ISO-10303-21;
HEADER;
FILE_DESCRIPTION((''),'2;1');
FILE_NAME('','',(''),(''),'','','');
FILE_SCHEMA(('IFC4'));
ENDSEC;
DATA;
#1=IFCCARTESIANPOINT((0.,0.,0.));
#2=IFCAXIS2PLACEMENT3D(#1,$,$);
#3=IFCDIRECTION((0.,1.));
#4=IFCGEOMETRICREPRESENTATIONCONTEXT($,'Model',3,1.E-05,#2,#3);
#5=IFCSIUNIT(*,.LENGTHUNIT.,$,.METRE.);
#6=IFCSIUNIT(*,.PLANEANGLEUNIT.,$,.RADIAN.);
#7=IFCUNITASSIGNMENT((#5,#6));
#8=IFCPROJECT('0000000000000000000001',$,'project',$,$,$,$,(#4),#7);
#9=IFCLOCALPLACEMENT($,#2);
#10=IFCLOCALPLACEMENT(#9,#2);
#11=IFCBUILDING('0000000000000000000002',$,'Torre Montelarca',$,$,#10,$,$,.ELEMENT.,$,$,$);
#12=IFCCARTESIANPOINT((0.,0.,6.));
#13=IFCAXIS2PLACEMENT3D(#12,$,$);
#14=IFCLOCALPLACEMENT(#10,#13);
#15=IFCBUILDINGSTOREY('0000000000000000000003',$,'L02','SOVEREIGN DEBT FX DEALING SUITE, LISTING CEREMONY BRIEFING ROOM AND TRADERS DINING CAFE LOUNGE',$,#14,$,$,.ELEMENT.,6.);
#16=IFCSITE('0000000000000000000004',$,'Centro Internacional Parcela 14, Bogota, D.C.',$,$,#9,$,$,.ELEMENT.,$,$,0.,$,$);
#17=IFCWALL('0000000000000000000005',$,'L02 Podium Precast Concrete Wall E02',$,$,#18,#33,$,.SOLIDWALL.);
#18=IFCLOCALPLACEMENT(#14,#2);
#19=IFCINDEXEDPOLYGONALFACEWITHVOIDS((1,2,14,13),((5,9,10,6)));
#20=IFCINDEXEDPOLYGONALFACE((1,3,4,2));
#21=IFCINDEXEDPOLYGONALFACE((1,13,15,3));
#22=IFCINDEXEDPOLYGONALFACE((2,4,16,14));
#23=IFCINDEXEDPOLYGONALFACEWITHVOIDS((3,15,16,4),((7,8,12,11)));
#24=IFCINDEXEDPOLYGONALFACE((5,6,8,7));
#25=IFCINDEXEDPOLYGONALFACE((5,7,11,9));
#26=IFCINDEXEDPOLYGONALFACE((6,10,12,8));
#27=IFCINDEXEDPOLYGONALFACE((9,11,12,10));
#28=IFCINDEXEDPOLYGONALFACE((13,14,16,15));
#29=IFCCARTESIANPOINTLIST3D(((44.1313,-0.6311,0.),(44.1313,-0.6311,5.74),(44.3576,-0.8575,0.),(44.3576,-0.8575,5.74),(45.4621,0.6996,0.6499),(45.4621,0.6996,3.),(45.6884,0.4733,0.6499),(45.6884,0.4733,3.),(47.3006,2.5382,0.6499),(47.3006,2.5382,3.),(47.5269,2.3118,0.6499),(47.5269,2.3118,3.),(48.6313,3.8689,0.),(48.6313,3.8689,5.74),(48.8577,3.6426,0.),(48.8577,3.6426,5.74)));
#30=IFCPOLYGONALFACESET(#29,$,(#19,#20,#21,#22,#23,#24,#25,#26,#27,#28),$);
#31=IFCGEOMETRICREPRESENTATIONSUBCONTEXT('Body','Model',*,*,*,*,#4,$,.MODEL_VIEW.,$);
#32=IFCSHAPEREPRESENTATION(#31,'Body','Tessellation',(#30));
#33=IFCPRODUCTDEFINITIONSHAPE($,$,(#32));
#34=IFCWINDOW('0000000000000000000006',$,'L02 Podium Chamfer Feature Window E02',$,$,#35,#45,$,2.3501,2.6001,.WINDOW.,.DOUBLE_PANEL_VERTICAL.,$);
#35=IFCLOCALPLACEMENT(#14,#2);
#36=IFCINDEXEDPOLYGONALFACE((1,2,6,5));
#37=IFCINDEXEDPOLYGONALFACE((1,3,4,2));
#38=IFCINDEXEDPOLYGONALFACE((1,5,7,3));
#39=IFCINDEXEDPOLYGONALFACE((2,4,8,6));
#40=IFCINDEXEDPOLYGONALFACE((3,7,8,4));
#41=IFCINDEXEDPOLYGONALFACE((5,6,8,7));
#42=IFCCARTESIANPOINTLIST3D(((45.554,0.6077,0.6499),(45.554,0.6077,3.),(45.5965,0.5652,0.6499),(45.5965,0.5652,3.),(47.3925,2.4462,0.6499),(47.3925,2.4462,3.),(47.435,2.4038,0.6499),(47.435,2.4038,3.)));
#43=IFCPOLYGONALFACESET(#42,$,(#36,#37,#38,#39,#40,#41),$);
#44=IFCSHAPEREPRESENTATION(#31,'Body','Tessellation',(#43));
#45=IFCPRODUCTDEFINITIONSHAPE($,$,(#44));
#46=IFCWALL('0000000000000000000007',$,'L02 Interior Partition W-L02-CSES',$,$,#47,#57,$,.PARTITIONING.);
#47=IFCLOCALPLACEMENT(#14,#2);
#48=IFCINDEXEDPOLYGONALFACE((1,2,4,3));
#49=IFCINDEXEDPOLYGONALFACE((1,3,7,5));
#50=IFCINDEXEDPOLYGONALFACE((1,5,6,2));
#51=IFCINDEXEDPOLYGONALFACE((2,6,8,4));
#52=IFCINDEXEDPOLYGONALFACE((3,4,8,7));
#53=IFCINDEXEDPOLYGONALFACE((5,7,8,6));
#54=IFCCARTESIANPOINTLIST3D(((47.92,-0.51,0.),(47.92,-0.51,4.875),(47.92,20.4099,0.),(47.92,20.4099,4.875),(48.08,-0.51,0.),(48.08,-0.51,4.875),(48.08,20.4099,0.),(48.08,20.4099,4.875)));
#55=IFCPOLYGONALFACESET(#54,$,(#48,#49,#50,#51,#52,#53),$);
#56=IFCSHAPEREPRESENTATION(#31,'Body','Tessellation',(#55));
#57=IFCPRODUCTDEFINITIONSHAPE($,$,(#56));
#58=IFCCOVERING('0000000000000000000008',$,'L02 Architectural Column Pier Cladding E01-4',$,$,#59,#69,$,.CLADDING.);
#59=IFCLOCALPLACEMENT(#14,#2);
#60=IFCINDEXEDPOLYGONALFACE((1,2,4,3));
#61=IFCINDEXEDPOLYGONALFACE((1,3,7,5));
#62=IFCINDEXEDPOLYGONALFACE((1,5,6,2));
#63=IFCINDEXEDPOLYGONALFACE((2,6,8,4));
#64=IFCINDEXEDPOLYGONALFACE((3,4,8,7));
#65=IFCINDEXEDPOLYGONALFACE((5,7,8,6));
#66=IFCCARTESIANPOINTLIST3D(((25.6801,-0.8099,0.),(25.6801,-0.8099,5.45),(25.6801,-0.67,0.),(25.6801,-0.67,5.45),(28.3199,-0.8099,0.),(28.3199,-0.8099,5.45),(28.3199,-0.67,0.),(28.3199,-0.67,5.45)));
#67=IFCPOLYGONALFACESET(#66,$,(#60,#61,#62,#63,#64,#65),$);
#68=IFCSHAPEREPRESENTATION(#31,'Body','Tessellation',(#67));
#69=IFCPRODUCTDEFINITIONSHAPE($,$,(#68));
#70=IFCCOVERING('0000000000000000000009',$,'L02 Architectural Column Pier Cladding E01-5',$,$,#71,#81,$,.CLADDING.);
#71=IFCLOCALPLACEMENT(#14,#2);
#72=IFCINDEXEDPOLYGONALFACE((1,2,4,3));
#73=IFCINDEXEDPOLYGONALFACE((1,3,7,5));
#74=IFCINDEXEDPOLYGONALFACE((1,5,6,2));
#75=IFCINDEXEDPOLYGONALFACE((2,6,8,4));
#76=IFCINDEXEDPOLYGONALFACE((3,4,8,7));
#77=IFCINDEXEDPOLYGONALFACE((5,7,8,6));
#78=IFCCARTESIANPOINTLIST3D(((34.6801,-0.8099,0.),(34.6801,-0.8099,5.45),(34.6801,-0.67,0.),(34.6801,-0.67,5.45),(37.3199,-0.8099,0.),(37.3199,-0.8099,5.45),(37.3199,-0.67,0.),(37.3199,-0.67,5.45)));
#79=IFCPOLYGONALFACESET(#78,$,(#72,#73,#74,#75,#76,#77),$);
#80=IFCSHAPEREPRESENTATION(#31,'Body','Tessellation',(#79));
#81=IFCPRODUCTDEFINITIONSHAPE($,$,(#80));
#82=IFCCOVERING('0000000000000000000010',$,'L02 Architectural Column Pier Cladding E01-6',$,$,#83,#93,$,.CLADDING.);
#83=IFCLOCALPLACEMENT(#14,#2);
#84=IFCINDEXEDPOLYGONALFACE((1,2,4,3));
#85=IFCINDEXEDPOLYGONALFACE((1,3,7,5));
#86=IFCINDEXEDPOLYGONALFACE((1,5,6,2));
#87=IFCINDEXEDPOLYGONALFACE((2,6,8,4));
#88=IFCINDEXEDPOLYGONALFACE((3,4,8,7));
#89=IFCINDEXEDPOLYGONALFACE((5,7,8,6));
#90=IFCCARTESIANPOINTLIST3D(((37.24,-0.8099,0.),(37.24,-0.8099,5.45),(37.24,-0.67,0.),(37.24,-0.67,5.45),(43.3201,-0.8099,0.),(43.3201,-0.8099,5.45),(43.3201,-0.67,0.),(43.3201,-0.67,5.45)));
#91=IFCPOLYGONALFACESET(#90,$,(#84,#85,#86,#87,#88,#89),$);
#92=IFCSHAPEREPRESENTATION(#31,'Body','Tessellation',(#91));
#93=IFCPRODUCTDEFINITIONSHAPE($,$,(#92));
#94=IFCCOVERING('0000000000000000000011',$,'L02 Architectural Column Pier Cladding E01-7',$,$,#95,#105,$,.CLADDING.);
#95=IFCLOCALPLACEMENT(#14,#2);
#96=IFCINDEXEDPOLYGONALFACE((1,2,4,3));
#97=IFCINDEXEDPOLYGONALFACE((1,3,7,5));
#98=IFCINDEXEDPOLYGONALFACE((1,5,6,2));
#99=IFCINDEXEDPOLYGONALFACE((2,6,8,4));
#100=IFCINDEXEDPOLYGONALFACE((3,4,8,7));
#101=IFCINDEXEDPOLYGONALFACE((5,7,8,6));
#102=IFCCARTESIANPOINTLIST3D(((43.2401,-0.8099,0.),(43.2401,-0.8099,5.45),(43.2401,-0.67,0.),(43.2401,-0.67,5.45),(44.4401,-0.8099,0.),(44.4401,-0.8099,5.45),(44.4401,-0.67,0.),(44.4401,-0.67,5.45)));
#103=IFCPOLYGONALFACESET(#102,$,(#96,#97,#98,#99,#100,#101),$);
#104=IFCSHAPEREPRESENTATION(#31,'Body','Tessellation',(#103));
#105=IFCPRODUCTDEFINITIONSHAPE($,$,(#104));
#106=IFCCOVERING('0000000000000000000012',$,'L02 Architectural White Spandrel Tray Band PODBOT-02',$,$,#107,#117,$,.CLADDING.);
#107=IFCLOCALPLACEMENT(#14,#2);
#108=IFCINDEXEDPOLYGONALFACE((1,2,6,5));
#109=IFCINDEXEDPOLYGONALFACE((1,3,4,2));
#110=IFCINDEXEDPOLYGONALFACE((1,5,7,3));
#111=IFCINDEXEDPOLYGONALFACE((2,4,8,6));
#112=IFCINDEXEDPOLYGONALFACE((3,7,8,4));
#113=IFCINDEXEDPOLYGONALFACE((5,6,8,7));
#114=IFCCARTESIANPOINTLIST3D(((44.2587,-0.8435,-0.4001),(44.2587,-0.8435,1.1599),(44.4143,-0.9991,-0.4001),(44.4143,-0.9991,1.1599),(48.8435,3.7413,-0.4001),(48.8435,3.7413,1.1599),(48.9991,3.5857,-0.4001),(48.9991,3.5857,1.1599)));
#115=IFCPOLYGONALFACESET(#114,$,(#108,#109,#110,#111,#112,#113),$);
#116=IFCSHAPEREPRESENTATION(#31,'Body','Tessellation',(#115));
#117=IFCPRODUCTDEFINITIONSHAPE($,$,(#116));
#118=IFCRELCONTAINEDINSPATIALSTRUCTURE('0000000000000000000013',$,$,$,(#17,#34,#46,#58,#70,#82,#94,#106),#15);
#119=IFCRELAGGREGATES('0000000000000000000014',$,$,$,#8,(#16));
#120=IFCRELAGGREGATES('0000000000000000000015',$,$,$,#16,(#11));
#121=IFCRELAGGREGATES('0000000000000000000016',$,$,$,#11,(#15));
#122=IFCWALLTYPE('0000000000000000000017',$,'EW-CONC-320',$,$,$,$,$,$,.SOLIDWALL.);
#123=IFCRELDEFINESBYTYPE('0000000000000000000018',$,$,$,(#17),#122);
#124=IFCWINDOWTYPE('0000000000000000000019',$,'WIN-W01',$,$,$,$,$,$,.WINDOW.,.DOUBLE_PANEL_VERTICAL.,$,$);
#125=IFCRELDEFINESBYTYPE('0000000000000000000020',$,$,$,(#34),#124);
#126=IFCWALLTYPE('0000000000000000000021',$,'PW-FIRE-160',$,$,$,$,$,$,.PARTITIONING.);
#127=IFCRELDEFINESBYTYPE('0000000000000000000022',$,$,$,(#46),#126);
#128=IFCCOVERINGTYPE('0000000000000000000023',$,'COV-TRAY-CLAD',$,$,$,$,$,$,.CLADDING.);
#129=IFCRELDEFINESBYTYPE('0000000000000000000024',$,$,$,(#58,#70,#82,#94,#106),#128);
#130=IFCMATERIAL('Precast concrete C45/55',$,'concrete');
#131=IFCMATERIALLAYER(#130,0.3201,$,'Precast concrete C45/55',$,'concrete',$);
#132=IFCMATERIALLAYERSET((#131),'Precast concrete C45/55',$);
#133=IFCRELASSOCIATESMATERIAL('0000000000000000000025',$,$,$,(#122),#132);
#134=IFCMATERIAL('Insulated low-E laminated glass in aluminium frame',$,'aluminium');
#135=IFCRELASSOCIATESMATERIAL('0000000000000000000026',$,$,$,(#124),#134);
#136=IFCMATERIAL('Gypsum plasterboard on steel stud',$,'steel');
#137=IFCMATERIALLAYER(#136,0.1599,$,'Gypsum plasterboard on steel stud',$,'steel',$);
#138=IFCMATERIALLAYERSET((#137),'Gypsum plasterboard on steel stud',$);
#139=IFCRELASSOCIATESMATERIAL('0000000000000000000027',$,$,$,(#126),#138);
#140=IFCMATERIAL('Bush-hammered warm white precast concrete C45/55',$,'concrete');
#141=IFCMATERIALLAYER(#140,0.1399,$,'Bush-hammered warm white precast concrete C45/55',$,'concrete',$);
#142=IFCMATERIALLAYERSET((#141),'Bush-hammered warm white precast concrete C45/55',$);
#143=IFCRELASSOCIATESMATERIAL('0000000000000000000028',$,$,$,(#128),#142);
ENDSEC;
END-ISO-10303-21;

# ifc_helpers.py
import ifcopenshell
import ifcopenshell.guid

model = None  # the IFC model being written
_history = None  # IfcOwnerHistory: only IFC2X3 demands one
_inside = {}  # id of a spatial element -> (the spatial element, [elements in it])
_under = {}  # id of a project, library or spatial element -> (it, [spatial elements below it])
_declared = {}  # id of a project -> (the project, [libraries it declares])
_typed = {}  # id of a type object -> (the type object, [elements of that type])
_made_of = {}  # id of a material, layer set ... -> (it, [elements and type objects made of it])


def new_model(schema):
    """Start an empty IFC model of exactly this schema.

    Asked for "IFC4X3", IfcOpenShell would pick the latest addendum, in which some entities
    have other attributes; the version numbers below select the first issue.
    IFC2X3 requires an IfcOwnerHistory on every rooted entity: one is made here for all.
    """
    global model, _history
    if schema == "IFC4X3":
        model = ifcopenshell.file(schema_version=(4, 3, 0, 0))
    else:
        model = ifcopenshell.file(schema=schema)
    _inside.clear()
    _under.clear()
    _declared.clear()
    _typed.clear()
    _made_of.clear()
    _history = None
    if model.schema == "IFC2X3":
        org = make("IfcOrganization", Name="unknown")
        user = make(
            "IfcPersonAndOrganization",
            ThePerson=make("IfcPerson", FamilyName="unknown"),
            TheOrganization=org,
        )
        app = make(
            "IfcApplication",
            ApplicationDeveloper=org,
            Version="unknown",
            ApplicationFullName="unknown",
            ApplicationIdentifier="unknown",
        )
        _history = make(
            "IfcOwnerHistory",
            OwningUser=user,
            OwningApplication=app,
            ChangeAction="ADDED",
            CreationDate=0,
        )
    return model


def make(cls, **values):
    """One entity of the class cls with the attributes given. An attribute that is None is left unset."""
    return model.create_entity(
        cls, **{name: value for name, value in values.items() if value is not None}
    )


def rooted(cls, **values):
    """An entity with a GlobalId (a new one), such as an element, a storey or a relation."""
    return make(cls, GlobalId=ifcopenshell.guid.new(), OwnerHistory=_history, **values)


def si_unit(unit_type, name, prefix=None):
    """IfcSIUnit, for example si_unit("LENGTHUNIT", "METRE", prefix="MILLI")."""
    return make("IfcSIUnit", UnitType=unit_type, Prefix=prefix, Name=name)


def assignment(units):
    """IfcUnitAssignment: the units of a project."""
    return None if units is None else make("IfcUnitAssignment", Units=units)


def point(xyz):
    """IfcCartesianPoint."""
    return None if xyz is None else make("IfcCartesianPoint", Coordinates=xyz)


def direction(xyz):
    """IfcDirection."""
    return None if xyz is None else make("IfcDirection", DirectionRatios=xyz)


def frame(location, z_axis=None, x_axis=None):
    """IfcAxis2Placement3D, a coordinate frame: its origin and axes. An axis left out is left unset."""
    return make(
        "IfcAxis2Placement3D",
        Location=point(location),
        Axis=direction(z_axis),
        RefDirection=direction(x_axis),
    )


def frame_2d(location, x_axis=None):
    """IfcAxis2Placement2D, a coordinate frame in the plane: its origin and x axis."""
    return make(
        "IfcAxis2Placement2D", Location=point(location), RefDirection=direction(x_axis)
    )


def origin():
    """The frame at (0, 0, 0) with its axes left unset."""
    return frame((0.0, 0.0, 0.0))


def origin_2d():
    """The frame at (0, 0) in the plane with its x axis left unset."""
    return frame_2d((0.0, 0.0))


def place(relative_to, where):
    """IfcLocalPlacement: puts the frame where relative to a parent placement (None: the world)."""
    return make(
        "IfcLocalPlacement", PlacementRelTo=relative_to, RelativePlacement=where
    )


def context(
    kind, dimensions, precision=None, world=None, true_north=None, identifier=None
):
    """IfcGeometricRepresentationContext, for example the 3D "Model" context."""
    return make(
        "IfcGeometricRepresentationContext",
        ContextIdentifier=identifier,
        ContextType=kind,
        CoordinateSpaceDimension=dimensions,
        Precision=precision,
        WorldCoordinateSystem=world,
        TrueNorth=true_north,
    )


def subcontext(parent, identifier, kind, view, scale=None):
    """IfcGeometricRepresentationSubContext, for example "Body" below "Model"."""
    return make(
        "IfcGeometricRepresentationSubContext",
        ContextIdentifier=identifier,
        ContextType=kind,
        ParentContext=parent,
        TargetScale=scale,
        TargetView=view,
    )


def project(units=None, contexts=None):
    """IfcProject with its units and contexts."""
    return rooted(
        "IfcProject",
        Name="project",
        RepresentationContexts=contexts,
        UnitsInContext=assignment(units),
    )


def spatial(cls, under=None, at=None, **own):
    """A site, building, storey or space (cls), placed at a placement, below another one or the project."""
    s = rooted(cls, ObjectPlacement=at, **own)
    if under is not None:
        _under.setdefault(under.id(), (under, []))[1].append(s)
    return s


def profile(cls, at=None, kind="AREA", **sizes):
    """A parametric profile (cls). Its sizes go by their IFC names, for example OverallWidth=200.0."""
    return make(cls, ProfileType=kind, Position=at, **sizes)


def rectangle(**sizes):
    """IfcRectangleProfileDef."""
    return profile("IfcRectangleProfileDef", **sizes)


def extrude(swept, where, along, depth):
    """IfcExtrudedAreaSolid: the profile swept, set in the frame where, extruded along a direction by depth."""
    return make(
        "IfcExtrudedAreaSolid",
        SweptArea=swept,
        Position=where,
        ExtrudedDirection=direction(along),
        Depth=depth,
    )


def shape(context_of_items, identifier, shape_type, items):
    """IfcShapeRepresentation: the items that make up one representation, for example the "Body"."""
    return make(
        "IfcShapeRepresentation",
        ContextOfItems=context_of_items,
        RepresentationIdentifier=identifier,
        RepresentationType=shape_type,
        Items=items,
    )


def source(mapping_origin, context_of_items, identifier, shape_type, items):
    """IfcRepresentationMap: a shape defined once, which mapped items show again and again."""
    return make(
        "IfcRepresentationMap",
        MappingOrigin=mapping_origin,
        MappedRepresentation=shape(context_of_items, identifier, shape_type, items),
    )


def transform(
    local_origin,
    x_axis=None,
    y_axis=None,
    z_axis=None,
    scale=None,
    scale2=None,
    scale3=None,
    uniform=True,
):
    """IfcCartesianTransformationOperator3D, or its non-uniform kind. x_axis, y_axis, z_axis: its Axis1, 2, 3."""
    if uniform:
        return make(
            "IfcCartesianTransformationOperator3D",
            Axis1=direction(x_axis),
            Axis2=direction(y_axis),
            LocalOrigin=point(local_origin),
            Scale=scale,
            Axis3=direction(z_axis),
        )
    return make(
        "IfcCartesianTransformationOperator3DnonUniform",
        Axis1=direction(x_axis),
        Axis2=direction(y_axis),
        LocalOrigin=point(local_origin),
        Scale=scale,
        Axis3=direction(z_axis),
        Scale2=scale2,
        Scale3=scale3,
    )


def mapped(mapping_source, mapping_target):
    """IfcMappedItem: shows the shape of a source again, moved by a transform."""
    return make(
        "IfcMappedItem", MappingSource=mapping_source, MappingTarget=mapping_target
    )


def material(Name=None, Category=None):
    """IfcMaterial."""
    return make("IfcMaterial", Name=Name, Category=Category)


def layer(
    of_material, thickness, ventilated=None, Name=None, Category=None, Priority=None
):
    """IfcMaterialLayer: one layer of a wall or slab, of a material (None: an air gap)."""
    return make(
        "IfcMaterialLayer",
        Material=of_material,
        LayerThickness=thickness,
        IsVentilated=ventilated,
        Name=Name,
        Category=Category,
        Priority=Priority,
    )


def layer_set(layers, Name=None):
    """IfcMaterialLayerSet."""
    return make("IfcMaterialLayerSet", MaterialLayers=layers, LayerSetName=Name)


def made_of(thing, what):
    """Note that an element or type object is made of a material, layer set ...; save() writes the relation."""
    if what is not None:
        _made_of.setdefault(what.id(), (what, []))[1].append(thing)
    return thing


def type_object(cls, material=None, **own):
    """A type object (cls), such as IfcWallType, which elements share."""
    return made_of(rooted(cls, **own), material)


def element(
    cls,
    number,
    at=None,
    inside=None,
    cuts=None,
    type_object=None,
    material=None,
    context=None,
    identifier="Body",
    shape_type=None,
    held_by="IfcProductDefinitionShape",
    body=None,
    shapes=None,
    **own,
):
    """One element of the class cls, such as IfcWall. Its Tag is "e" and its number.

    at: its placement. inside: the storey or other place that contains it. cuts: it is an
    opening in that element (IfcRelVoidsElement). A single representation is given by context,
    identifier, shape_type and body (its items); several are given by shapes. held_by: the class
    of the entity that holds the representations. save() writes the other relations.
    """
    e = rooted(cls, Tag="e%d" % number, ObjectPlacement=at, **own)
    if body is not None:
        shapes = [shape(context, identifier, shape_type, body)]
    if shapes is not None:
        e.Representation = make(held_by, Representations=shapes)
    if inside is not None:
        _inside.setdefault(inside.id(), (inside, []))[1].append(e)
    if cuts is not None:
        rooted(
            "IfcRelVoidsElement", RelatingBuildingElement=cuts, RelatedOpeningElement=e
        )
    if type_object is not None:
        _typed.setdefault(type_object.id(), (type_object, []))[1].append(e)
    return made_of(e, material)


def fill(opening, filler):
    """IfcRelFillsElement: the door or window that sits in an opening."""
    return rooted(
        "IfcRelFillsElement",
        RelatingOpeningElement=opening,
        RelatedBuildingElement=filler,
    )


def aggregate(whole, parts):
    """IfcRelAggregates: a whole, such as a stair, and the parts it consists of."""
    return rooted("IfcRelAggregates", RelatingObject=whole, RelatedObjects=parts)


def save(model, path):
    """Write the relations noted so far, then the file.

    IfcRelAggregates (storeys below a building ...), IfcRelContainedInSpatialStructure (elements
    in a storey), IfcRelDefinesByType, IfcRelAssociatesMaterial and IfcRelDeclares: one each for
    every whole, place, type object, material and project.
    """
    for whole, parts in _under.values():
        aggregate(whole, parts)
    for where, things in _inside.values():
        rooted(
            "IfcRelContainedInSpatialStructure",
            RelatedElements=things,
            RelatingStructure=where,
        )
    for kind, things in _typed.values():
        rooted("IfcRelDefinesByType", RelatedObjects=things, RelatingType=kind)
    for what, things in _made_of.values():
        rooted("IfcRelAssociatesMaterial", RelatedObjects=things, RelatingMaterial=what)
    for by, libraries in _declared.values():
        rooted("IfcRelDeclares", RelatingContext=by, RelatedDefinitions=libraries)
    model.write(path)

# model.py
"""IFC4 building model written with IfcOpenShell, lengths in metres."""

from ifc_helpers import new_model, si_unit, direction, frame, frame_2d, origin, origin_2d, place, context, subcontext, project, spatial, rectangle, extrude, source, transform, mapped, material, layer, layer_set, type_object, element, fill, save


model = new_model("IFC4")

# Units and contexts
model_context = context("Model", 3, precision=1e-05, world=origin(), true_north=direction((0.0, 1.0)))
body_context = subcontext(model_context, "Body", "Model", "MODEL_VIEW")
ifc_project = project(units=[si_unit("LENGTHUNIT", "METRE"), si_unit("PLANEANGLEUNIT", "RADIAN")], contexts=[model_context])

# Site, building, storey
site_placement = place(None, origin())
site = spatial("IfcSite", under=ifc_project, at=site_placement, Name="Centro Internacional Parcela 14, Bogota, D.C.", CompositionType="ELEMENT", RefElevation=0.0)
building_placement = place(site_placement, origin())
building = spatial("IfcBuilding", under=site, at=building_placement, Name="Torre Montelarca", CompositionType="ELEMENT")
storey_placement = place(building_placement, frame((0.0, 0.0, 6.0)))
storey = spatial("IfcBuildingStorey", under=building, at=storey_placement, Name="L02", Description="SOVEREIGN DEBT FX DEALING SUITE, LISTING CEREMONY BRIEFING ROOM AND TRADERS DINING CAFE LOUNGE", CompositionType="ELEMENT", Elevation=6.0)

# Wall, opening, window
ifc_material_1 = material(Name="Precast concrete C45/55", Category="concrete")
ifc_layer_1 = layer(ifc_material_1, 0.3201, Name="Precast concrete C45/55", Category="concrete")
ifc_layer_set_1 = layer_set([ifc_layer_1], Name="Precast concrete C45/55")
wall_type_1 = type_object("IfcWallType", Name="EW-CONC-320", PredefinedType="SOLIDWALL", material=ifc_layer_set_1)
wall_1_placement = place(storey_placement, frame((44.2444, -0.7444, 0.0), z_axis=(0.0, 0.0, 1.0), x_axis=(0.707107, 0.707107, 0.0)))
wall_1 = element("IfcWall", 1, at=wall_1_placement, inside=storey, type_object=wall_type_1, Name="L02 Podium Precast Concrete Wall E02", PredefinedType="SOLIDWALL", context=body_context, shape_type="SweptSolid", body=[
    extrude(rectangle(XDim=6.364, YDim=0.3201, at=frame_2d((3.1821, 0.0))), origin(), (0.0, 0.0, 1.0), 5.74),
])
opening_placement = place(wall_1_placement, frame((1.8821, 0.0, 0.6499)))
opening = element("IfcOpeningElement", 2, at=opening_placement, cuts=wall_1, PredefinedType="OPENING", context=body_context, shape_type="SweptSolid", body=[
    extrude(rectangle(XDim=2.6001, YDim=2.3501, at=frame_2d((1.3, 1.175))), frame((0.0, 0.1699, 0.0), z_axis=(0.0, -1.0, 0.0), x_axis=(1.0, 0.0, 0.0)), (0.0, 0.0, 1.0), 0.3401),
])
ifc_material_2 = material(Name="Insulated low-E laminated glass in aluminium frame", Category="aluminium")
window_type = type_object("IfcWindowType", Name="WIN-W01", PartitioningType="DOUBLE_PANEL_VERTICAL", PredefinedType="WINDOW", material=ifc_material_2)
shared_shape_1 = source(origin(), body_context, "Body", "SweptSolid", [
    extrude(rectangle(XDim=2.6001, YDim=2.3501, at=frame_2d((1.3, 1.175))), frame((0.0, 0.03, 0.0), z_axis=(0.0, -1.0, 0.0), x_axis=(1.0, 0.0, 0.0)), (0.0, 0.0, 1.0), 0.0601),
])
window_placement = place(opening_placement, origin())
window = element("IfcWindow", 3, at=window_placement, inside=storey, type_object=window_type, Name="L02 Podium Chamfer Feature Window E02", OverallHeight=2.3501, OverallWidth=2.6001, PartitioningType="DOUBLE_PANEL_VERTICAL", PredefinedType="WINDOW", context=body_context, shape_type="MappedRepresentation", body=[
    mapped(shared_shape_1, transform((0.0, 0.0, 0.0), scale=1.0)),
])
fill(opening, window)

# Wall
ifc_material_3 = material(Name="Gypsum plasterboard on steel stud", Category="steel")
ifc_layer_2 = layer(ifc_material_3, 0.1599, Name="Gypsum plasterboard on steel stud", Category="steel")
ifc_layer_set_2 = layer_set([ifc_layer_2], Name="Gypsum plasterboard on steel stud")
wall_type_2 = type_object("IfcWallType", Name="PW-FIRE-160", PredefinedType="PARTITIONING", material=ifc_layer_set_2)
wall_2_placement = place(storey_placement, frame((48.0, -0.51, 0.0), z_axis=(0.0, 0.0, 1.0), x_axis=(0.0, 1.0, 0.0)))
element("IfcWall", 4, at=wall_2_placement, inside=storey, type_object=wall_type_2, Name="L02 Interior Partition W-L02-CSES", PredefinedType="PARTITIONING", context=body_context, shape_type="SweptSolid", body=[
    extrude(rectangle(XDim=20.9199, YDim=0.1599, at=frame_2d((10.46, 0.0))), origin(), (0.0, 0.0, 1.0), 4.875),
])

# Coverings
ifc_material_4 = material(Name="Bush-hammered warm white precast concrete C45/55", Category="concrete")
ifc_layer_3 = layer(ifc_material_4, 0.1399, Name="Bush-hammered warm white precast concrete C45/55", Category="concrete")
ifc_layer_set_3 = layer_set([ifc_layer_3], Name="Bush-hammered warm white precast concrete C45/55")
covering_type = type_object("IfcCoveringType", Name="COV-TRAY-CLAD", PredefinedType="CLADDING", material=ifc_layer_set_3)
shared_shape_2 = source(origin(), body_context, "Body", "SweptSolid", [
    extrude(rectangle(XDim=2.6399, YDim=0.1399, at=origin_2d()), origin(), (0.0, 0.0, 1.0), 5.45),
])
for number, where, z_axis, x_axis, name in (
    (5, (27.0, -0.74, 0.0), (0.0, 0.0, 1.0), (1.0, 0.0, 0.0), "L02 Architectural Column Pier Cladding E01-4"),
    (6, (36.0, -0.74, 0.0), (0.0, 0.0, 1.0), (1.0, 0.0, 0.0), "L02 Architectural Column Pier Cladding E01-5"),
):
    element("IfcCovering", number, at=place(storey_placement, frame(where, z_axis=z_axis, x_axis=x_axis)), inside=storey, type_object=covering_type, Name=name, PredefinedType="CLADDING", context=body_context, shape_type="MappedRepresentation", body=[
        mapped(shared_shape_2, transform((0.0, 0.0, 0.0), scale=1.0)),
    ])
shared_shape_3 = source(origin(), body_context, "Body", "SweptSolid", [
    extrude(rectangle(XDim=6.0801, YDim=0.1399, at=origin_2d()), origin(), (0.0, 0.0, 1.0), 5.45),
])
covering_1_placement = place(storey_placement, frame((40.28, -0.74, 0.0), z_axis=(0.0, 0.0, 1.0), x_axis=(1.0, 0.0, 0.0)))
element("IfcCovering", 7, at=covering_1_placement, inside=storey, type_object=covering_type, Name="L02 Architectural Column Pier Cladding E01-6", PredefinedType="CLADDING", context=body_context, shape_type="MappedRepresentation", body=[
    mapped(shared_shape_3, transform((0.0, 0.0, 0.0), scale=1.0)),
])
shared_shape_4 = source(origin(), body_context, "Body", "SweptSolid", [
    extrude(rectangle(XDim=1.2, YDim=0.1399, at=origin_2d()), origin(), (0.0, 0.0, 1.0), 5.45),
])
covering_2_placement = place(storey_placement, frame((43.8401, -0.74, 0.0), z_axis=(0.0, 0.0, 1.0), x_axis=(1.0, 0.0, 0.0)))
element("IfcCovering", 8, at=covering_2_placement, inside=storey, type_object=covering_type, Name="L02 Architectural Column Pier Cladding E01-7", PredefinedType="CLADDING", context=body_context, shape_type="MappedRepresentation", body=[
    mapped(shared_shape_4, transform((0.0, 0.0, 0.0), scale=1.0)),
])
shared_shape_5 = source(origin(), body_context, "Body", "SweptSolid", [
    extrude(rectangle(XDim=6.4839, YDim=0.22, at=origin_2d()), origin(), (0.0, 0.0, 1.0), 1.5601),
])
covering_3_placement = place(storey_placement, frame((46.6289, 1.3711, -0.4001), z_axis=(0.0, 0.0, 1.0), x_axis=(0.707107, 0.707107, 0.0)))
element("IfcCovering", 9, at=covering_3_placement, inside=storey, type_object=covering_type, Name="L02 Architectural White Spandrel Tray Band PODBOT-02", PredefinedType="CLADDING", context=body_context, shape_type="MappedRepresentation", body=[
    mapped(shared_shape_5, transform((0.0, 0.0, 0.0), scale=1.0)),
])

save(model, "model.ifc")
